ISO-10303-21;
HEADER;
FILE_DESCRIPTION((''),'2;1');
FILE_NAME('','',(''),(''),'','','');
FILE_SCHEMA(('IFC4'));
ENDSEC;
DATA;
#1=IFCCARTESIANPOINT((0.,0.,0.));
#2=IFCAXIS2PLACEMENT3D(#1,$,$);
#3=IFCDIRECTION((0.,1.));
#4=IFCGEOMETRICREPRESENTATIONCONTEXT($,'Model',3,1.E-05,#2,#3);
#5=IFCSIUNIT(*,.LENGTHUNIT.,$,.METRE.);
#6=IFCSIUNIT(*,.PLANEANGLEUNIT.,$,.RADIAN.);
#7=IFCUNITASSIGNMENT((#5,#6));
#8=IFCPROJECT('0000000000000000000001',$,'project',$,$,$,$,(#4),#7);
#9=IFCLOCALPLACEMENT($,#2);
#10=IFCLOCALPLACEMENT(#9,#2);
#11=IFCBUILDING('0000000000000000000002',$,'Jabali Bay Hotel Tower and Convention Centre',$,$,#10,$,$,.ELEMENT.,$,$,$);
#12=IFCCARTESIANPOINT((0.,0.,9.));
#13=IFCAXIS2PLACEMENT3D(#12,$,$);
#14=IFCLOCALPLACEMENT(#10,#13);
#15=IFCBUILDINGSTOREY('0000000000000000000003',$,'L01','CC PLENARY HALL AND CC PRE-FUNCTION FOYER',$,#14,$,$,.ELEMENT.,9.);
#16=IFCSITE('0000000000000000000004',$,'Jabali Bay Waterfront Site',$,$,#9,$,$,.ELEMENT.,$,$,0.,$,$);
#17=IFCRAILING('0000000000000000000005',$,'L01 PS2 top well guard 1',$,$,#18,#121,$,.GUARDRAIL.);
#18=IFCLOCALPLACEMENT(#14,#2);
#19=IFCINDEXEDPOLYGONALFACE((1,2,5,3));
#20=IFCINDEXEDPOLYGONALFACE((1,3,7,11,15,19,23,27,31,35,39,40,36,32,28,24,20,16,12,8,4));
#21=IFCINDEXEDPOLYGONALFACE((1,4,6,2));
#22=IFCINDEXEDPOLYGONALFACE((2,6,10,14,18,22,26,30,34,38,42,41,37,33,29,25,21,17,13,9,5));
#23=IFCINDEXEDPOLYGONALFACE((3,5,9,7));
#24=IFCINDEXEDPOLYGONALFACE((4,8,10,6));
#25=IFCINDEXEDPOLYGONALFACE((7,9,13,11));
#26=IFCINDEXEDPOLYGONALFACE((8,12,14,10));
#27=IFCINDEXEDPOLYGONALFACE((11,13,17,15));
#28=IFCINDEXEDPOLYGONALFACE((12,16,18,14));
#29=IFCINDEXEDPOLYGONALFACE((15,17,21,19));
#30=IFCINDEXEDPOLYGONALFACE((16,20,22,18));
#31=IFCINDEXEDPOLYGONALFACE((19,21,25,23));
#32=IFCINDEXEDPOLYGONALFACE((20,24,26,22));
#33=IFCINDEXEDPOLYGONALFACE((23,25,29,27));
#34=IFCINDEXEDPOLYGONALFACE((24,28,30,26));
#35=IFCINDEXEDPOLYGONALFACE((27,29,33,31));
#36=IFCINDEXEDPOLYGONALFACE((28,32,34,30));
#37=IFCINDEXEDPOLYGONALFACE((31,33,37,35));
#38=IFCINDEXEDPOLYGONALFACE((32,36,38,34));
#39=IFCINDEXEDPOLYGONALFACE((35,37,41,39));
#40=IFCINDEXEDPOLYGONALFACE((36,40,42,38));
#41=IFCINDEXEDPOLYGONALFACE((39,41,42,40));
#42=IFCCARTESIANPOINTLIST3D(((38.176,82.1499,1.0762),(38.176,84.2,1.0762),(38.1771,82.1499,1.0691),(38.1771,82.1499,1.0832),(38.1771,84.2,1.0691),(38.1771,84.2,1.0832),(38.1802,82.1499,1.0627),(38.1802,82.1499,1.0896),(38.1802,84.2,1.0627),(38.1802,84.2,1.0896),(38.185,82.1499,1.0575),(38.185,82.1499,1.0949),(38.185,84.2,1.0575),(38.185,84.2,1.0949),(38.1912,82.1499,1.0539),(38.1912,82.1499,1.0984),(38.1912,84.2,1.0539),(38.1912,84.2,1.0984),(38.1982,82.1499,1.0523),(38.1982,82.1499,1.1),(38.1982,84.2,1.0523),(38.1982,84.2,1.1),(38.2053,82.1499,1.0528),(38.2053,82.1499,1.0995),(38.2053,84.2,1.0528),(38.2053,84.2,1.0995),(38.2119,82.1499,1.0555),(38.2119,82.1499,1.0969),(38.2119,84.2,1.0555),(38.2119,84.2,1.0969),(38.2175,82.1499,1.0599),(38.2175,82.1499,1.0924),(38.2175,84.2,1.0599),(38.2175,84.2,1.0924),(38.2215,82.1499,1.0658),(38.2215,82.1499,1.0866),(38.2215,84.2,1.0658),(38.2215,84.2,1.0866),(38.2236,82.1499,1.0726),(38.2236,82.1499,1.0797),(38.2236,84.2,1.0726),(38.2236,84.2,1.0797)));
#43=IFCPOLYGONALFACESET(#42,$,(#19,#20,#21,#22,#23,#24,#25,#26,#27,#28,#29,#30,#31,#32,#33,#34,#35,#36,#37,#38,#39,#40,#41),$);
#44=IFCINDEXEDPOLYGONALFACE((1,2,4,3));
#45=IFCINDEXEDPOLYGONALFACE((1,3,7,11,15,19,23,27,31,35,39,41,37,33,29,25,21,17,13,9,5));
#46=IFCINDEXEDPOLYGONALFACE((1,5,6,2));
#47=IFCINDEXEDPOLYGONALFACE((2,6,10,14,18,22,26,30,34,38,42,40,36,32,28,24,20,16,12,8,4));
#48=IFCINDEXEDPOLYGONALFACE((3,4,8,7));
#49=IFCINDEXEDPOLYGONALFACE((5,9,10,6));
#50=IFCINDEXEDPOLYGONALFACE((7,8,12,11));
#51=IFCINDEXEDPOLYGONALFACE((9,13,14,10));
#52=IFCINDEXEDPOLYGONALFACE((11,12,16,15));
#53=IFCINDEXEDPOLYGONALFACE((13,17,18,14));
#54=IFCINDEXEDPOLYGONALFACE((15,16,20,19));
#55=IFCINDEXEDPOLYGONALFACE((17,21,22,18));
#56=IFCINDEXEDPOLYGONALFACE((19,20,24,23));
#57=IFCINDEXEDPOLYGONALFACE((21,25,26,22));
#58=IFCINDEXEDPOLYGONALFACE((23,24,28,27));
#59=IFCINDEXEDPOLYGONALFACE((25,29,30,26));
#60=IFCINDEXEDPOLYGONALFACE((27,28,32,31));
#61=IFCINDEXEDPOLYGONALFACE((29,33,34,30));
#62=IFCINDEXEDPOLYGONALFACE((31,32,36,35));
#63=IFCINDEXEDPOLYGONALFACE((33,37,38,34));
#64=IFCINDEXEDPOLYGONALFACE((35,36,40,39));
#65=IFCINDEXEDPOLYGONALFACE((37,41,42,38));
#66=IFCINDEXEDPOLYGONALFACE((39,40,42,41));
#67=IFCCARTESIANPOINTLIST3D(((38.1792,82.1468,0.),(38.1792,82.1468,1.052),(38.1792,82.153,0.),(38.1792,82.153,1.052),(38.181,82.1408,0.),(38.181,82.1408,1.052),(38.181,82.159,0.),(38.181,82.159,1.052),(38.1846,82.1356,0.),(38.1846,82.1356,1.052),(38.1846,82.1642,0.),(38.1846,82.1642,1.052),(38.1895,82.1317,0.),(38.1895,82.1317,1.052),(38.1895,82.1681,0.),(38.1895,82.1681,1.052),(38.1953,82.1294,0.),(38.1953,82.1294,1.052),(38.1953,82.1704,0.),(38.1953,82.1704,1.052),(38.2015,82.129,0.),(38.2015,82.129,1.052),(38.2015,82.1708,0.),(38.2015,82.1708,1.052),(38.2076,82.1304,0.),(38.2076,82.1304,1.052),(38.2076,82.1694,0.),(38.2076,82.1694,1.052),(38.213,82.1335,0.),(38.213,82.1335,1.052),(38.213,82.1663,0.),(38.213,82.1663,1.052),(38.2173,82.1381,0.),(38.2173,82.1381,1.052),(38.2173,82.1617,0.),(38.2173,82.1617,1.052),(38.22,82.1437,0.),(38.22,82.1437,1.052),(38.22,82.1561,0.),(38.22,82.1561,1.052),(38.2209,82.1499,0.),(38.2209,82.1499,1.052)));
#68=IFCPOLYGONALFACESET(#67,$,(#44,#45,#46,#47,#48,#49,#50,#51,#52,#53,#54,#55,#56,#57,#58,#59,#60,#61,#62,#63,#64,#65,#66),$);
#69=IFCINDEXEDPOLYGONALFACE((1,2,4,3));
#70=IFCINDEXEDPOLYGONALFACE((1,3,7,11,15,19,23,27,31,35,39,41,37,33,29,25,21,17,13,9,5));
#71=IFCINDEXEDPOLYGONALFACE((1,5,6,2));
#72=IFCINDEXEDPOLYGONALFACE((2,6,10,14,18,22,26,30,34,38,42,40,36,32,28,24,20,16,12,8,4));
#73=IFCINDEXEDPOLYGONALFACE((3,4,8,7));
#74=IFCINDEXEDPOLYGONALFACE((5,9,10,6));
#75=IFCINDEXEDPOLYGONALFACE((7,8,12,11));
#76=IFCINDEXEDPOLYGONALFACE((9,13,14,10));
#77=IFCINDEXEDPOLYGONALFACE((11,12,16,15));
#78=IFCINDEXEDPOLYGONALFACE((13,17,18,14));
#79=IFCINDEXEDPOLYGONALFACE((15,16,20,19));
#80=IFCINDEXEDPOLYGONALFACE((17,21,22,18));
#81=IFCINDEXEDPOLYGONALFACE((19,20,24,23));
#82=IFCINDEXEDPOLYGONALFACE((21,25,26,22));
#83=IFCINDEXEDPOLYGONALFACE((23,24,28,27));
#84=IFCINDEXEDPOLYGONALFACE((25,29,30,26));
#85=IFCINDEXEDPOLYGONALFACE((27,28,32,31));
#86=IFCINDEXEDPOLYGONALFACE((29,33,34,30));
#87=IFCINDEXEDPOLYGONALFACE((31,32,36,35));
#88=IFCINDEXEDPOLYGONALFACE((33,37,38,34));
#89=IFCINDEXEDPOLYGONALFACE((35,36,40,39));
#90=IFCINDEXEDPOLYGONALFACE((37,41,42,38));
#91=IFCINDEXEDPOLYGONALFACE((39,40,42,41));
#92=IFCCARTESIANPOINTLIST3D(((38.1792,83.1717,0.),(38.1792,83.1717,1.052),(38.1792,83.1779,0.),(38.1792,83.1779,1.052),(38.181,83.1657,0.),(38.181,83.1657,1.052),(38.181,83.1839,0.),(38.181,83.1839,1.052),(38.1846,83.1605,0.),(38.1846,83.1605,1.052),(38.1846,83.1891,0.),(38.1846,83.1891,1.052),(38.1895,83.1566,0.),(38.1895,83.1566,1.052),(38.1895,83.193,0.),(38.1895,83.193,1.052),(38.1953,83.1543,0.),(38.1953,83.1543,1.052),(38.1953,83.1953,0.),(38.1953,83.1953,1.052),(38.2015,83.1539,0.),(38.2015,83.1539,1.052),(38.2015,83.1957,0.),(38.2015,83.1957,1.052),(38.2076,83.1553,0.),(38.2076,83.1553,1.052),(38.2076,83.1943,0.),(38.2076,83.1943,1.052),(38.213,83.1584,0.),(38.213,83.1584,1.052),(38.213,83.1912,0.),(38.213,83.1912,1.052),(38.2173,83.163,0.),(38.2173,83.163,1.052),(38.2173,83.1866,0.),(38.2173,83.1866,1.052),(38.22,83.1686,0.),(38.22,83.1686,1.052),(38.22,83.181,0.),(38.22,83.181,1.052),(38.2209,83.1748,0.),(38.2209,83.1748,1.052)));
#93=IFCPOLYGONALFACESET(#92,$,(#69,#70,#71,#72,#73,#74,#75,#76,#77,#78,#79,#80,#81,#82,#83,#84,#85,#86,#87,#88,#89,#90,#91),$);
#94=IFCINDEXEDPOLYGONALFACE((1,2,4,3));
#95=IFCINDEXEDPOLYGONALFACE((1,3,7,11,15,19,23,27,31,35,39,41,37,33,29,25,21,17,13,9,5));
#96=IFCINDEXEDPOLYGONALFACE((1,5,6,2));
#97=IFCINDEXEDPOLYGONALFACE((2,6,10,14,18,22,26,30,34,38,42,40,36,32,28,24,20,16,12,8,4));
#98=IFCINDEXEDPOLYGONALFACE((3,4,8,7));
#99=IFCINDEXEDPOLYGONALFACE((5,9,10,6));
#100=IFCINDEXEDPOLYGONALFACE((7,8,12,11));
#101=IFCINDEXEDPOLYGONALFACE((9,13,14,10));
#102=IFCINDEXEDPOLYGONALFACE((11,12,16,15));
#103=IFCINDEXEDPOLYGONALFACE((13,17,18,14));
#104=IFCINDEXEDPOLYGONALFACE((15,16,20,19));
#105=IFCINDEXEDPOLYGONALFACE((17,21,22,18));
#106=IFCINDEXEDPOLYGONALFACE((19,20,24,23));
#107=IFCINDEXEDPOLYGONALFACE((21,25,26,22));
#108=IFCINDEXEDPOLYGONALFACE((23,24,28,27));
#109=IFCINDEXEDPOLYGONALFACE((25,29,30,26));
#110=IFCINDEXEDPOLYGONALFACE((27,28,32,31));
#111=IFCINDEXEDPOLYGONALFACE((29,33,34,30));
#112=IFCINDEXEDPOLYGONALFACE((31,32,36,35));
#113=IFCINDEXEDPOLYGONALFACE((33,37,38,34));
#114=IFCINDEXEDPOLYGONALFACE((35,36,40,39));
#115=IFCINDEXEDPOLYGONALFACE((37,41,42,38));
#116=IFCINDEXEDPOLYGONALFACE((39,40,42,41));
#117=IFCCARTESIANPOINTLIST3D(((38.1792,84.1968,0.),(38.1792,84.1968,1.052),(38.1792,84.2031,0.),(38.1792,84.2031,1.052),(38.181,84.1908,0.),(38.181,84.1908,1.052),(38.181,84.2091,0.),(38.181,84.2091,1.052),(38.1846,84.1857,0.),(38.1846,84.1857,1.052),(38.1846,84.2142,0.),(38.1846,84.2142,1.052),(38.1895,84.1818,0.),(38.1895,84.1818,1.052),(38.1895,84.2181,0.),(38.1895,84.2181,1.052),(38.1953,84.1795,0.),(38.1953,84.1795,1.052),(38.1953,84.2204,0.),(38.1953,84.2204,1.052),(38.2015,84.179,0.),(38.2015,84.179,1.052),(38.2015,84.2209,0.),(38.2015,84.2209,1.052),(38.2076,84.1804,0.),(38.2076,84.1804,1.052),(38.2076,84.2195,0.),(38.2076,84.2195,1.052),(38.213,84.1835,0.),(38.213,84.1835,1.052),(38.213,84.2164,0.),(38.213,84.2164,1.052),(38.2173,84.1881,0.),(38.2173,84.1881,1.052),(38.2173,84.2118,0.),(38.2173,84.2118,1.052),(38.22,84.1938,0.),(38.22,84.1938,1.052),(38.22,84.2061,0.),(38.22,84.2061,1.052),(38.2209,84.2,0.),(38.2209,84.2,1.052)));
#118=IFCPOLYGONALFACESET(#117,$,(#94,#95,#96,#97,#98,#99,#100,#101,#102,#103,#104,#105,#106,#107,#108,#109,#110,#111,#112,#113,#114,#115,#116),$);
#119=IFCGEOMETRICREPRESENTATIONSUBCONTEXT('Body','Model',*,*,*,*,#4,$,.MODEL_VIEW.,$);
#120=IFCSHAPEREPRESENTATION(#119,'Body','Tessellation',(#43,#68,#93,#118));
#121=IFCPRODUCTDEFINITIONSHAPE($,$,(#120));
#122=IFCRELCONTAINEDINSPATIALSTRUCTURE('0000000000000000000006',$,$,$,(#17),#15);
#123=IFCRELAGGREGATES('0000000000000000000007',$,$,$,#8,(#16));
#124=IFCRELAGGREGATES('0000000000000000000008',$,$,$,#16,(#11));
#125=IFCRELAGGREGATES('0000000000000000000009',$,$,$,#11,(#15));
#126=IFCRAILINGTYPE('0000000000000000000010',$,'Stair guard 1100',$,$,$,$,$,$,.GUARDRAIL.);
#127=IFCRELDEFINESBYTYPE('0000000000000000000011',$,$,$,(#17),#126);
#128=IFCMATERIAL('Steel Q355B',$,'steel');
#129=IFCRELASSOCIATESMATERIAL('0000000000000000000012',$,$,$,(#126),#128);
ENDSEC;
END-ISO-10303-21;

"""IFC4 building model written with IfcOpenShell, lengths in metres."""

from ifc_helpers import new_model, si_unit, direction, frame, origin, origin_2d, place, context, subcontext, project, spatial, circle, extrude, material, type_object, element, save


model = new_model("IFC4")

# Units and contexts
model_context = context("Model", 3, precision=1e-05, world=origin(), true_north=direction((0.0, 1.0)))
body_context = subcontext(model_context, "Body", "Model", "MODEL_VIEW")
ifc_project = project(units=[si_unit("LENGTHUNIT", "METRE"), si_unit("PLANEANGLEUNIT", "RADIAN")], contexts=[model_context])

# Site, building, storey
site_placement = place(None, origin())
site = spatial("IfcSite", under=ifc_project, at=site_placement, Name="Jabali Bay Waterfront Site", CompositionType="ELEMENT", RefElevation=0.0)
building_placement = place(site_placement, origin())
building = spatial("IfcBuilding", under=site, at=building_placement, Name="Jabali Bay Hotel Tower and Convention Centre", CompositionType="ELEMENT")
storey_placement = place(building_placement, frame((0.0, 0.0, 9.0)))
storey = spatial("IfcBuildingStorey", under=building, at=storey_placement, Name="L01", Description="CC PLENARY HALL AND CC PRE-FUNCTION FOYER", CompositionType="ELEMENT", Elevation=9.0)

# Railing
ifc_material_1 = material(Name="Steel Q355B", Category="steel")
railing_type_1 = type_object("IfcRailingType", Name="Stair guard 1100", PredefinedType="GUARDRAIL", material=ifc_material_1)
railing_1_placement = place(storey_placement, frame((38.2, 82.1499, 0.0)))
element("IfcRailing", 1, at=railing_1_placement, inside=storey, type_object=railing_type_1, Name="L01 PS2 top well guard 1", PredefinedType="GUARDRAIL", context=body_context, shape_type="SweptSolid", body=[
    extrude(circle(Radius=0.0239, at=origin_2d()), frame((0.0, 0.0, 1.0762), z_axis=(0.0, 1.0, 0.0), x_axis=(-1.0, 0.0, 0.0)), (0.0, 0.0, 1.0), 2.05),
    extrude(circle(Radius=0.021, at=origin_2d()), origin(), (0.0, 0.0, 1.0), 1.052),
    extrude(circle(Radius=0.021, at=origin_2d()), frame((0.0, 1.0249, 0.0)), (0.0, 0.0, 1.0), 1.052),
    extrude(circle(Radius=0.021, at=origin_2d()), frame((0.0, 2.05, 0.0)), (0.0, 0.0, 1.0), 1.052),
])

save(model, "model.ifc")
